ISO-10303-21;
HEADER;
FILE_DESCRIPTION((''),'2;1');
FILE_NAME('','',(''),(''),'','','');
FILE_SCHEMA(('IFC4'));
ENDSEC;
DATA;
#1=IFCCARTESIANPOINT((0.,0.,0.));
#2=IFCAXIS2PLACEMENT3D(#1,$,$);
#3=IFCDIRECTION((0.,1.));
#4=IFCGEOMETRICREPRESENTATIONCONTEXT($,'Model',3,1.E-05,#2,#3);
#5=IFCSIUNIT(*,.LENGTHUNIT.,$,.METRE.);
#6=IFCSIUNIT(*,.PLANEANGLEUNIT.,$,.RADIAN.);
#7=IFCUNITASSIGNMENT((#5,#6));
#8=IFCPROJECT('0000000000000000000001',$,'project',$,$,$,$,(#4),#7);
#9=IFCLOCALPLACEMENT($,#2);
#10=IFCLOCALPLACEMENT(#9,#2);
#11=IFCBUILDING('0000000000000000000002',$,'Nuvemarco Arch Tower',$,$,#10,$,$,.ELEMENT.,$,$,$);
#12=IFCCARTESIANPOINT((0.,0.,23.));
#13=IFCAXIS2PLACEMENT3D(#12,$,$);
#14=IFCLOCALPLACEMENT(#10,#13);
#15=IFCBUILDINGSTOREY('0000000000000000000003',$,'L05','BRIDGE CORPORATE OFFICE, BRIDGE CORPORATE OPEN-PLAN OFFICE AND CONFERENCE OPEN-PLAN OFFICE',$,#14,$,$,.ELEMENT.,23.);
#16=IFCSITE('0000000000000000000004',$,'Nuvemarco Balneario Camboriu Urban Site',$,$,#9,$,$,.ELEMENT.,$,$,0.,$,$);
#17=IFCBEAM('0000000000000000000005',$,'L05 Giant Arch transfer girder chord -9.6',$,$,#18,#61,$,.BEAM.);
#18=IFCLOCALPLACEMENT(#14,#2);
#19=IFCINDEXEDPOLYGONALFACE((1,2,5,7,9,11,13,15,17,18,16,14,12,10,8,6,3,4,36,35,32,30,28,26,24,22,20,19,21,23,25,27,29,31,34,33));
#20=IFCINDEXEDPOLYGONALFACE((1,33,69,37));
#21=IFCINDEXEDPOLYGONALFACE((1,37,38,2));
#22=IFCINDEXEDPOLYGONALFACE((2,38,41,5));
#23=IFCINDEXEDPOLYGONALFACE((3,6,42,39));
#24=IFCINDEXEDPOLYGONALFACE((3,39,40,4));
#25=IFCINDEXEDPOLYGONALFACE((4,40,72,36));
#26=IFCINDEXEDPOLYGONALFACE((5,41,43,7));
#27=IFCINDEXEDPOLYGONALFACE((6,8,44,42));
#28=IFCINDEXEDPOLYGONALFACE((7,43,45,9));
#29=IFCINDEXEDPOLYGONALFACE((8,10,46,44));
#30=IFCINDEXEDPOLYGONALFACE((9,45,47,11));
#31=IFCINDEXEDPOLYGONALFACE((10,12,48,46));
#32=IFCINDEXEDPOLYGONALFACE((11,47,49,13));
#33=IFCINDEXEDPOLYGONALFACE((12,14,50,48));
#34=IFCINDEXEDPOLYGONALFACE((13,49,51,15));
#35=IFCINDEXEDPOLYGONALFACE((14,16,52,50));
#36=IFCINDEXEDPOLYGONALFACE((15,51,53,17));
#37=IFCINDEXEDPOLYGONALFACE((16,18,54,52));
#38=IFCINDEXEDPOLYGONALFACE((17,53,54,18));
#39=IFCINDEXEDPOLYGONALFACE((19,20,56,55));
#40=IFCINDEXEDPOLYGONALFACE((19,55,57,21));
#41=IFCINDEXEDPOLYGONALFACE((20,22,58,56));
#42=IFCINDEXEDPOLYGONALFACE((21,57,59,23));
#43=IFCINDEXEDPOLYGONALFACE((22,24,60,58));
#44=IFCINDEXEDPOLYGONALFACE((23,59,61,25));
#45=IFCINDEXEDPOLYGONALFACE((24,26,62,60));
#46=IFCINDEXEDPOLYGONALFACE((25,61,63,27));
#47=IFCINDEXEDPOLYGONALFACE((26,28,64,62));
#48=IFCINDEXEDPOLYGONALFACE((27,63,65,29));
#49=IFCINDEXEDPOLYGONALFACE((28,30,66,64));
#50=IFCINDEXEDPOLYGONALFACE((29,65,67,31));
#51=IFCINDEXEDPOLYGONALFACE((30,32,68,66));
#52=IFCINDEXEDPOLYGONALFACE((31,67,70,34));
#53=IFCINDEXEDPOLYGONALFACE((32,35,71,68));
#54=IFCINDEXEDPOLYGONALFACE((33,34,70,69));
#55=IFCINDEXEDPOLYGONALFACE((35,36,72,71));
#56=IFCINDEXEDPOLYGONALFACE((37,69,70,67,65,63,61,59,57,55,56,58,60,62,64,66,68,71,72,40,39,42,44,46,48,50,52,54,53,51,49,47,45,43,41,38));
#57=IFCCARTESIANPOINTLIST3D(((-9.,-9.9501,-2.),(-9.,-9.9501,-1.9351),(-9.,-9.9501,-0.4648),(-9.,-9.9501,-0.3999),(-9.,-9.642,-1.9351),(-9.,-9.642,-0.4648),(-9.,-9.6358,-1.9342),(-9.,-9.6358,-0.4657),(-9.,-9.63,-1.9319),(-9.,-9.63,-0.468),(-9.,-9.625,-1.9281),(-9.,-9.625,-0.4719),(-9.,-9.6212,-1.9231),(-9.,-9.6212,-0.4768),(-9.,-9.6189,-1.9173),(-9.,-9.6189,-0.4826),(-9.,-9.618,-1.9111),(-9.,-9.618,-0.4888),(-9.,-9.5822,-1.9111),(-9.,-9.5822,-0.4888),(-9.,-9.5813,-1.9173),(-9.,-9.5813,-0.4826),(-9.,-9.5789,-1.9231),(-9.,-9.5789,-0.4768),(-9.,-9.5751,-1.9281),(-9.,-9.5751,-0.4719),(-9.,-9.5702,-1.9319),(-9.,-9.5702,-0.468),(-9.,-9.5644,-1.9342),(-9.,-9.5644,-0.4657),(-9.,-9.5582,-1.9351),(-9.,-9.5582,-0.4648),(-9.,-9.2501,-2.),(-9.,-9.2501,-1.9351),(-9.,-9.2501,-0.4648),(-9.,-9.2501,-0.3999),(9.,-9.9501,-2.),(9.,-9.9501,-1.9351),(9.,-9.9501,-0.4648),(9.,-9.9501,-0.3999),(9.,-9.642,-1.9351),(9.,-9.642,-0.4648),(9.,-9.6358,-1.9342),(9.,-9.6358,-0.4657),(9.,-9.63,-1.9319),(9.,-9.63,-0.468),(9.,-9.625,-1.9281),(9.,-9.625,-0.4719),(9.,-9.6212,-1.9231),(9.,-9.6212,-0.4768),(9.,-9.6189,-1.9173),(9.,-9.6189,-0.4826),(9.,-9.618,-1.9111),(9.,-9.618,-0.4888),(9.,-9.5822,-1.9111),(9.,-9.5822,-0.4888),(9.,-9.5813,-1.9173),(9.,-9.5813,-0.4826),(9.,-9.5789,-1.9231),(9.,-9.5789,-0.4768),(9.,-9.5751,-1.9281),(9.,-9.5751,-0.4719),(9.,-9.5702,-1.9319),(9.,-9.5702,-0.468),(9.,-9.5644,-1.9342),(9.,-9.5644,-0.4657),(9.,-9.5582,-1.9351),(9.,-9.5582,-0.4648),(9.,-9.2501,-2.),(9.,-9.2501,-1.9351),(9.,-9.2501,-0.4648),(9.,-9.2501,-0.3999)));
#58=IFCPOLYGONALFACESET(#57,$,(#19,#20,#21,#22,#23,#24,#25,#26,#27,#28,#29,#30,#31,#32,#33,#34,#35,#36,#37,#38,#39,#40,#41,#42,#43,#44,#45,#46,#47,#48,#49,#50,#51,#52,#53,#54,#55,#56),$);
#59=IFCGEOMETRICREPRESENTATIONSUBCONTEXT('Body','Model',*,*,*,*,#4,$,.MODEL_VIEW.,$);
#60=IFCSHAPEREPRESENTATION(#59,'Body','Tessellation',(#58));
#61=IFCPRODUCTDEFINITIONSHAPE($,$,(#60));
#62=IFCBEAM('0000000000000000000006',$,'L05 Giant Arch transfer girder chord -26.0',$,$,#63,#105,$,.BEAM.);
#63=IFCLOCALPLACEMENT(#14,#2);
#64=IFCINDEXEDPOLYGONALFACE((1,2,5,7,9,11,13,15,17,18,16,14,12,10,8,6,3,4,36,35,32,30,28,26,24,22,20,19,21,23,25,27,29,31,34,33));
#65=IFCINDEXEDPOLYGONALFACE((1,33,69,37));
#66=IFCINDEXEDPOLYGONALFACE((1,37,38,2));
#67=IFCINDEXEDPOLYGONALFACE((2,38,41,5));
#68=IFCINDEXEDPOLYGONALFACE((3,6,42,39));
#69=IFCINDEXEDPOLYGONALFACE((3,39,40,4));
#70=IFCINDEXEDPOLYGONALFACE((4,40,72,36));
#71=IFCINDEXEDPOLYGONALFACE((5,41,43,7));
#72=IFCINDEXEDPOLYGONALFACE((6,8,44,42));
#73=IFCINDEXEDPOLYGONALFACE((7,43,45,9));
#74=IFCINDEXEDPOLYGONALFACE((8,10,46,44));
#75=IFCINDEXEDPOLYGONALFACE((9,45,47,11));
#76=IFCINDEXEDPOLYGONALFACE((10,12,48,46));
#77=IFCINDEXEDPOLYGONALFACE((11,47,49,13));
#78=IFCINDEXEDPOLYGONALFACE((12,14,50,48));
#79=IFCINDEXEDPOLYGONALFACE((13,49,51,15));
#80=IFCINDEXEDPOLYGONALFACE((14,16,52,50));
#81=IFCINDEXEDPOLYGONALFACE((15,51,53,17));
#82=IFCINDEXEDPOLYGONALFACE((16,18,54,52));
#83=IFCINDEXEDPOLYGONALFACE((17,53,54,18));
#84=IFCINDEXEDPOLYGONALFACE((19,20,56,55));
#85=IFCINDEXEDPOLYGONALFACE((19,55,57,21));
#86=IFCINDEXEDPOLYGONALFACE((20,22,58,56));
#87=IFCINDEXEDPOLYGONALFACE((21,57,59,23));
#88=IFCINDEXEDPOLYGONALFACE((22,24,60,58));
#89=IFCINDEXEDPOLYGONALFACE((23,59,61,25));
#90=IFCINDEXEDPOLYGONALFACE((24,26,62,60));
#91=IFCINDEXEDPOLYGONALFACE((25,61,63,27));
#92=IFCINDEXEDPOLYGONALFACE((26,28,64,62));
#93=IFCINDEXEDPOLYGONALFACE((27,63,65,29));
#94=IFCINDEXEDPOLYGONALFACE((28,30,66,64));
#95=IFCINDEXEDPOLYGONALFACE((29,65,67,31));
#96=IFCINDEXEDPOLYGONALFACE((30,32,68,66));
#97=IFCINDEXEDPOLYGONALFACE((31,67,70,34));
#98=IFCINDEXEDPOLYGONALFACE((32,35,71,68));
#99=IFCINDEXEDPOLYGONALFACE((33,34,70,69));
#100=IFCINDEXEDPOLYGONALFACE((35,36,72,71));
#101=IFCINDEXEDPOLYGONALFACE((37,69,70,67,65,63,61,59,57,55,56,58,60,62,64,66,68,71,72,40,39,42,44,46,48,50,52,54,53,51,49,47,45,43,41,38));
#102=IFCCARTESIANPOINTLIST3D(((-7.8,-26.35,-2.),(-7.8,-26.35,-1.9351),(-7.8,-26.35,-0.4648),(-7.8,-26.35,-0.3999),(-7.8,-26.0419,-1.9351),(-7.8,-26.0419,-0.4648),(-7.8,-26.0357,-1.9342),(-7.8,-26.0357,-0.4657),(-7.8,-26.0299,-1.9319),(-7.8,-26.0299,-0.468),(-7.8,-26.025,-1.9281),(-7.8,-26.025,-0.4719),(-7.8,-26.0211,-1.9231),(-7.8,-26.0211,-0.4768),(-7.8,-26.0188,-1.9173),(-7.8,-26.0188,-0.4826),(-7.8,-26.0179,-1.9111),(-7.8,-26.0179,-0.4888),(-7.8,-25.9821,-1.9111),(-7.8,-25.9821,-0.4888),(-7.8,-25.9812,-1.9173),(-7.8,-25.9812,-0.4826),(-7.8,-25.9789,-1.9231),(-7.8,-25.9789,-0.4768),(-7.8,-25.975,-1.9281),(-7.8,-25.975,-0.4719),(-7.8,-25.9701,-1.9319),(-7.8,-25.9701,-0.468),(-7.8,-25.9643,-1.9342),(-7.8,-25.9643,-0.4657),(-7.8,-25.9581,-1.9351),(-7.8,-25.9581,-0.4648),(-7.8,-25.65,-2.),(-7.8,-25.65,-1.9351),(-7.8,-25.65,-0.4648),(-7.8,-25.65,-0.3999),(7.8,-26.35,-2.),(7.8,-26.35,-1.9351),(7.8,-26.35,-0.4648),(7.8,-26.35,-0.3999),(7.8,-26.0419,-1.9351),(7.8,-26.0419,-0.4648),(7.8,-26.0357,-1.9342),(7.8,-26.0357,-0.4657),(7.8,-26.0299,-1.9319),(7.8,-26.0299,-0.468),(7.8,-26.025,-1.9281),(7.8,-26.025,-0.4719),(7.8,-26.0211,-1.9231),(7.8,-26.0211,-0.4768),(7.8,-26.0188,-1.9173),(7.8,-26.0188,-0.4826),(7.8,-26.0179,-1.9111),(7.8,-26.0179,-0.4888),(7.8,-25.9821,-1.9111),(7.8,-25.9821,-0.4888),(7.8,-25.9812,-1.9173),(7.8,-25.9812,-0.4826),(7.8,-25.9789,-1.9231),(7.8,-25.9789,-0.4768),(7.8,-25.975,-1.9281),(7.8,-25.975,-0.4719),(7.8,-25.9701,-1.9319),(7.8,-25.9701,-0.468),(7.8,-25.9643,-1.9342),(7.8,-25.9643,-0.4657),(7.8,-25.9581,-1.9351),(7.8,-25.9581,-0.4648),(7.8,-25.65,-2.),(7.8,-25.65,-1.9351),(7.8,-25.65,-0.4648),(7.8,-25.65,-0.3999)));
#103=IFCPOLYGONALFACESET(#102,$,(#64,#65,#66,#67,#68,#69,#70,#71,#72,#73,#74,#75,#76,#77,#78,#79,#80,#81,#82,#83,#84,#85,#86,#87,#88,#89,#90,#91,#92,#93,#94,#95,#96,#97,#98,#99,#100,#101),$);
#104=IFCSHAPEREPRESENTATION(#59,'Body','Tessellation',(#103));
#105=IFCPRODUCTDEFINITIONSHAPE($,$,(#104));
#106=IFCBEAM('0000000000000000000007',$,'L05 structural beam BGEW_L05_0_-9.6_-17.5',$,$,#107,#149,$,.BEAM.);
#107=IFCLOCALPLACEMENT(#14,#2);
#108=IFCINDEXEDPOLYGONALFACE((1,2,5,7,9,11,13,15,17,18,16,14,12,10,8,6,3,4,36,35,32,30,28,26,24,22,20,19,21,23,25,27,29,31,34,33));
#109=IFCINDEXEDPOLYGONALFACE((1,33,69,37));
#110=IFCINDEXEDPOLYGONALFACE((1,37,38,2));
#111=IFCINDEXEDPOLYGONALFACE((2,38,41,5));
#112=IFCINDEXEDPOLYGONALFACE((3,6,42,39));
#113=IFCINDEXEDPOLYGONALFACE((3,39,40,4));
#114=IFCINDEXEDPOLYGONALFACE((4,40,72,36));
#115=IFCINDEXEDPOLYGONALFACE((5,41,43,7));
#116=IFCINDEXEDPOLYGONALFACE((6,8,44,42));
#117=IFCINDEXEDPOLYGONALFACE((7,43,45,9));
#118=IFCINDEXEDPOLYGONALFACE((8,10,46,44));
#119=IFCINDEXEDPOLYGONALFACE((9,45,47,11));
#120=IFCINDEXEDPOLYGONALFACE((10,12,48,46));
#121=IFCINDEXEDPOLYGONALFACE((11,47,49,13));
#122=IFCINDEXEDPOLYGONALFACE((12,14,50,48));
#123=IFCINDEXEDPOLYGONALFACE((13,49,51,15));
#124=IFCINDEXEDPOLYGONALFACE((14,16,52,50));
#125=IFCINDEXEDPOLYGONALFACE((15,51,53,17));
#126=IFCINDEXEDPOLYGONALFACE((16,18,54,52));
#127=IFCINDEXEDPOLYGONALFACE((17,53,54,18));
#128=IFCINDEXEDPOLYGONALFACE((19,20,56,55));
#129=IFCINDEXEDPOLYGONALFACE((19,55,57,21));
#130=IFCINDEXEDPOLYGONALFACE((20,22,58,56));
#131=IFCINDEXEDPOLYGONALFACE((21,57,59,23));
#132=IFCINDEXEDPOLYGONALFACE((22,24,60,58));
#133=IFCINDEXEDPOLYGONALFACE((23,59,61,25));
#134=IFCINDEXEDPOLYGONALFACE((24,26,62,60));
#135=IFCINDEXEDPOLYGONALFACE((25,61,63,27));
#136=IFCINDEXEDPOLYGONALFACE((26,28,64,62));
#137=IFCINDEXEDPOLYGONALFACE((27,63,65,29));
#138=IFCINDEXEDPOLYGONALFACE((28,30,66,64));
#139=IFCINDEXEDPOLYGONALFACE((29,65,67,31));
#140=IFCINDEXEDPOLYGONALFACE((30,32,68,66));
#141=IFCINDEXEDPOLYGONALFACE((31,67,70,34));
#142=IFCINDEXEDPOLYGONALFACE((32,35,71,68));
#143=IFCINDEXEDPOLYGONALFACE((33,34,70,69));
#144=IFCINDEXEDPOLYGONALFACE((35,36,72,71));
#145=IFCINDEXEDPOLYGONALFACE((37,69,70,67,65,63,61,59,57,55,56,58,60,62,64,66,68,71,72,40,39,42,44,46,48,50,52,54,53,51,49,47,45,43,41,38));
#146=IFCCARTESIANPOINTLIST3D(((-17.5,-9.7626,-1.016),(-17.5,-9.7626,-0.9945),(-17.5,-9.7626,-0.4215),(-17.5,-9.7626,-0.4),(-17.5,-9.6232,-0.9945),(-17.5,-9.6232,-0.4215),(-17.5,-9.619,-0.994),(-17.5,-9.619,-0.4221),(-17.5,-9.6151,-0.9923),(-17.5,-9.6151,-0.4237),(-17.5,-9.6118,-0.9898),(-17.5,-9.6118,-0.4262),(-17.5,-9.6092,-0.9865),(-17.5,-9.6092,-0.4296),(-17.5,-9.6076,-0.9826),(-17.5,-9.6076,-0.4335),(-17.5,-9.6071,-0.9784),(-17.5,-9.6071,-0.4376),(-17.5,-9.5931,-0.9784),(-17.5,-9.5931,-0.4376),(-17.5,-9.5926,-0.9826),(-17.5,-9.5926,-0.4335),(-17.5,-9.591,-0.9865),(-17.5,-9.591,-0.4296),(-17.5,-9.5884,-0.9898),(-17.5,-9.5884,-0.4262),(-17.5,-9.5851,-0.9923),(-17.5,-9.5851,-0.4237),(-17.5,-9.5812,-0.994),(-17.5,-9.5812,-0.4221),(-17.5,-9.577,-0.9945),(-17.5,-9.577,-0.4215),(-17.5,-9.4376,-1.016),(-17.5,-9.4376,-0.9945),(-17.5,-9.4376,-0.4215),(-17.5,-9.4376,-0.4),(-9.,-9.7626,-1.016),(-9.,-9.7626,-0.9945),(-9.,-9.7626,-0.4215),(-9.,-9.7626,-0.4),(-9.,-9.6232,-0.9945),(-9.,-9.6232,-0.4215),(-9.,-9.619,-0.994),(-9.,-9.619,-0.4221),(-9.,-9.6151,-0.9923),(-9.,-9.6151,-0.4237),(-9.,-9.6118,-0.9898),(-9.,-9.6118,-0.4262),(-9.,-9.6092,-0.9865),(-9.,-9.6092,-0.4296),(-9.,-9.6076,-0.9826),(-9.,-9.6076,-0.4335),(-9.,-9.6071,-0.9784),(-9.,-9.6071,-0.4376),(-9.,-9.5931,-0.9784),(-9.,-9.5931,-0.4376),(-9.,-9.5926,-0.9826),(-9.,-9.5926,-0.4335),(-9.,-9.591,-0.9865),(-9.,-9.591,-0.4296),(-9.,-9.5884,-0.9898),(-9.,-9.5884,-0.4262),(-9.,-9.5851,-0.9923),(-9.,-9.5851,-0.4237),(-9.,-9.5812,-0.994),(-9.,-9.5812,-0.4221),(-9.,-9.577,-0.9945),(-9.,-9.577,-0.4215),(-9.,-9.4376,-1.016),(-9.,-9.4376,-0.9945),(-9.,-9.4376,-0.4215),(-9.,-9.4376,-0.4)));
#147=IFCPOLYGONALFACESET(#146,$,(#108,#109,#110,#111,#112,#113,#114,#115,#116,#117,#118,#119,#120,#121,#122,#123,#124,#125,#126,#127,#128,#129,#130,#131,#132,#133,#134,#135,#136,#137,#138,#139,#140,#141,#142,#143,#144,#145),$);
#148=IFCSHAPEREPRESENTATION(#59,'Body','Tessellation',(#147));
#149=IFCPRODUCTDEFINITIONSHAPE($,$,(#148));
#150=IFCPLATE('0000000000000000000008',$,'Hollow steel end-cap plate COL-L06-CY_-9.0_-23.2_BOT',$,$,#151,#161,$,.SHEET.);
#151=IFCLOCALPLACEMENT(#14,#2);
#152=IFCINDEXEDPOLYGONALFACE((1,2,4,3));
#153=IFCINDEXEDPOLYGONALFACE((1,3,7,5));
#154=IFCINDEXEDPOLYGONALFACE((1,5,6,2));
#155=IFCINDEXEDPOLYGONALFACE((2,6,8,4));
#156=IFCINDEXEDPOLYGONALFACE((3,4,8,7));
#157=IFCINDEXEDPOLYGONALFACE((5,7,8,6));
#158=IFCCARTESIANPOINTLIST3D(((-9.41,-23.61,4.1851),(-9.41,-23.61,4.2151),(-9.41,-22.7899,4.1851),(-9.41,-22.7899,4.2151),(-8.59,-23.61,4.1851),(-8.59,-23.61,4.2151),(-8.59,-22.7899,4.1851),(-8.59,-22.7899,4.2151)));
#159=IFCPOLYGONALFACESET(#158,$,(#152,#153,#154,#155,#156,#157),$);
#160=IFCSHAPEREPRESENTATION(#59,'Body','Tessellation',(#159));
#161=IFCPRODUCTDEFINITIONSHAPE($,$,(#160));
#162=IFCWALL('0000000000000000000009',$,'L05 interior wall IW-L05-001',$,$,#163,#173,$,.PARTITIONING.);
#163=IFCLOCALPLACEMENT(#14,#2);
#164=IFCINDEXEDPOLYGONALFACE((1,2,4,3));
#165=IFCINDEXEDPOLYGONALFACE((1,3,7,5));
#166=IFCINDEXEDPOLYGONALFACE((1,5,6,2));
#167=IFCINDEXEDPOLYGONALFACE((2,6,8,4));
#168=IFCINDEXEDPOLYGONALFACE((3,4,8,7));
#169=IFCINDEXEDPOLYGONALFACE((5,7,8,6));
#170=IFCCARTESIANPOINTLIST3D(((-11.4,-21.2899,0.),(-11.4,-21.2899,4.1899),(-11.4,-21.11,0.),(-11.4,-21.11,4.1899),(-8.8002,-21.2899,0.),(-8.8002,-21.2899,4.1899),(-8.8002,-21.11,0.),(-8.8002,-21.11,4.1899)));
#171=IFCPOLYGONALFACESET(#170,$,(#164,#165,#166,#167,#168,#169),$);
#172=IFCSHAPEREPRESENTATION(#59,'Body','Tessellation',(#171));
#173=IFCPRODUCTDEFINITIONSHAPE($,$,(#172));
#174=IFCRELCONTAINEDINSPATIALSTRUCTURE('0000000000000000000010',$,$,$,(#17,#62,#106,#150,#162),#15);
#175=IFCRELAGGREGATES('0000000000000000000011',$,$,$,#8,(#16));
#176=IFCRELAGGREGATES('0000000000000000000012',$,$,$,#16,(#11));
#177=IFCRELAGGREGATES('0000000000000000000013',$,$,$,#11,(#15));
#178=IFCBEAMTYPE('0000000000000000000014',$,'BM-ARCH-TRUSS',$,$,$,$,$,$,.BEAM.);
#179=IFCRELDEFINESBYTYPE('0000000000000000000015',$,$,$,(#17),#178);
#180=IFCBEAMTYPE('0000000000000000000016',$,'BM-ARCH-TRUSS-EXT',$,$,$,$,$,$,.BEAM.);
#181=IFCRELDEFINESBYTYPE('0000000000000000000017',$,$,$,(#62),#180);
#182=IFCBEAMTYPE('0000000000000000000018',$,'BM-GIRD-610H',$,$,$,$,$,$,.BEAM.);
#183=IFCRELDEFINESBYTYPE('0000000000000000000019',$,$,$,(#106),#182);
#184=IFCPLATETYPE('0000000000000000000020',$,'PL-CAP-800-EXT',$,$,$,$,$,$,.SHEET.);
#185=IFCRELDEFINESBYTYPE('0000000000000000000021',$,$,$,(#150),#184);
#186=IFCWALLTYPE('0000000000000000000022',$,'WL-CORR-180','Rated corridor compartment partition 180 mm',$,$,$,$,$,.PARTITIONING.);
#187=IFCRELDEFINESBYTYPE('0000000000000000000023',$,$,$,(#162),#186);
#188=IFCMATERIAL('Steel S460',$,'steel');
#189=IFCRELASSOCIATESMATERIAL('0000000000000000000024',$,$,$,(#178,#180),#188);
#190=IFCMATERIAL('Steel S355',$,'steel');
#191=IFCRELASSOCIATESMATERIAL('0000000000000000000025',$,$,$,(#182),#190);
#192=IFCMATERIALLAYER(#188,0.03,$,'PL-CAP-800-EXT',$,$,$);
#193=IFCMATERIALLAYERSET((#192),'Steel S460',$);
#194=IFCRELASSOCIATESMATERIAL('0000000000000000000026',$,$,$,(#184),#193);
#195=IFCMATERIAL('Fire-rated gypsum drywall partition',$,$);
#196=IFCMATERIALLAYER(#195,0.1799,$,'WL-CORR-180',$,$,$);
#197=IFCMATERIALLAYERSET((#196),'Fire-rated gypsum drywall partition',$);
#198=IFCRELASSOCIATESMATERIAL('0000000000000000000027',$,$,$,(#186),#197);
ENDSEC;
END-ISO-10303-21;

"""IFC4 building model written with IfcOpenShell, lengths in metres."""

from ifc_helpers import new_model, si_unit, direction, frame, frame_2d, origin, origin_2d, place, context, subcontext, project, spatial, rectangle, i_section, extrude, source, transform, mapped, material, layer, layer_set, material_profile, profile_set, type_object, type_shapes, element, save


model = new_model("IFC4")

# Units and contexts
model_context = context("Model", 3, precision=1e-05, world=origin(), true_north=direction((0.0, 1.0)))
body_context = subcontext(model_context, "Body", "Model", "MODEL_VIEW")
ifc_project = project(units=[si_unit("LENGTHUNIT", "METRE"), si_unit("PLANEANGLEUNIT", "RADIAN")], contexts=[model_context])

# Site, building, storey
site_placement = place(None, origin())
site = spatial("IfcSite", under=ifc_project, at=site_placement, Name="Nuvemarco Balneario Camboriu Urban Site", CompositionType="ELEMENT", RefElevation=0.0)
building_placement = place(site_placement, origin())
building = spatial("IfcBuilding", under=site, at=building_placement, Name="Nuvemarco Arch Tower", CompositionType="ELEMENT")
storey_placement = place(building_placement, frame((0.0, 0.0, 23.0)))
storey = spatial("IfcBuildingStorey", under=building, at=storey_placement, Name="L05", Description="BRIDGE CORPORATE OFFICE, BRIDGE CORPORATE OPEN-PLAN OFFICE AND CONFERENCE OPEN-PLAN OFFICE", CompositionType="ELEMENT", Elevation=23.0)

# Beams
ifc_material_1 = material(Name="Steel S460", Category="steel")
ifc_material_profile_1 = material_profile(ifc_material_1, i_section(OverallWidth=0.7, OverallDepth=1.6001, WebThickness=0.0359, FlangeThickness=0.0649, FilletRadius=0.0239, at=origin_2d()), Name="PG1600x700")
ifc_profile_set_1 = profile_set([ifc_material_profile_1], Name="Steel S460")
beam_type_1 = type_object("IfcBeamType", Name="BM-ARCH-TRUSS", PredefinedType="BEAM", material=ifc_profile_set_1)
beam_1_placement = place(storey_placement, frame((-9.0, -9.6001, -1.2), z_axis=(1.0, 0.0, 0.0), x_axis=(0.0, 1.0, 0.0)))
element("IfcBeam", 1, at=beam_1_placement, inside=storey, type_object=beam_type_1, Name="L05 Giant Arch transfer girder chord -9.6", PredefinedType="BEAM", context=body_context, shape_type="SweptSolid", body=[
    extrude(i_section(OverallWidth=0.7, OverallDepth=1.6001, WebThickness=0.0359, FlangeThickness=0.0649, FilletRadius=0.0239, at=origin_2d()), origin(), (0.0, 0.0, 1.0), 18.0),
])
ifc_material_profile_2 = material_profile(ifc_material_1, i_section(OverallWidth=0.7, OverallDepth=1.6001, WebThickness=0.0359, FlangeThickness=0.0649, FilletRadius=0.0239, at=origin_2d()), Name="PG1600x700")
ifc_profile_set_2 = profile_set([ifc_material_profile_2], Name="Steel S460")
beam_type_2 = type_object("IfcBeamType", Name="BM-ARCH-TRUSS-EXT", PredefinedType="BEAM", material=ifc_profile_set_2)
beam_2_placement = place(storey_placement, frame((-7.8, -26.0, -1.2), z_axis=(1.0, 0.0, 0.0), x_axis=(0.0, 1.0, 0.0)))
element("IfcBeam", 2, at=beam_2_placement, inside=storey, type_object=beam_type_2, Name="L05 Giant Arch transfer girder chord -26.0", PredefinedType="BEAM", context=body_context, shape_type="SweptSolid", body=[
    extrude(i_section(OverallWidth=0.7, OverallDepth=1.6001, WebThickness=0.0359, FlangeThickness=0.0649, FilletRadius=0.0239, at=origin_2d()), origin(), (0.0, 0.0, 1.0), 15.6001),
])
ifc_material_2 = material(Name="Steel S355", Category="steel")
ifc_material_profile_3 = material_profile(ifc_material_2, i_section(OverallWidth=0.325, OverallDepth=0.616, WebThickness=0.0139, FlangeThickness=0.0215, FilletRadius=0.0161, at=origin_2d()), Name="W610x174")
ifc_profile_set_3 = profile_set([ifc_material_profile_3], Name="Steel S355")
beam_type_3 = type_object("IfcBeamType", Name="BM-GIRD-610H", PredefinedType="BEAM", material=ifc_profile_set_3)
beam_3_placement = place(storey_placement, frame((-17.5, -9.6001, -0.708), z_axis=(1.0, 0.0, 0.0), x_axis=(0.0, 1.0, 0.0)))
element("IfcBeam", 3, at=beam_3_placement, inside=storey, type_object=beam_type_3, Name="L05 structural beam BGEW_L05_0_-9.6_-17.5", PredefinedType="BEAM", context=body_context, shape_type="SweptSolid", body=[
    extrude(i_section(OverallWidth=0.325, OverallDepth=0.616, WebThickness=0.0139, FlangeThickness=0.0215, FilletRadius=0.0161, at=origin_2d()), origin(), (0.0, 0.0, 1.0), 8.5),
])

# Plate
ifc_layer_1 = layer(ifc_material_1, 0.03, Name="PL-CAP-800-EXT")
ifc_layer_set_1 = layer_set([ifc_layer_1], Name="Steel S460")
plate_type = type_object("IfcPlateType", Name="PL-CAP-800-EXT", PredefinedType="SHEET", material=ifc_layer_set_1)
shared_shape_1 = source(origin(), body_context, "Body", "SweptSolid", [
    extrude(rectangle(XDim=0.8201, YDim=0.8201, at=origin_2d()), origin(), (0.0, 0.0, 1.0), 0.03),
])
type_shapes(plate_type, [shared_shape_1])
plate_placement = place(storey_placement, frame((-9.0, -23.2, 4.1851), z_axis=(0.0, 0.0, 1.0), x_axis=(1.0, 0.0, 0.0)))
element("IfcPlate", 4, at=plate_placement, inside=storey, type_object=plate_type, Name="Hollow steel end-cap plate COL-L06-CY_-9.0_-23.2_BOT", PredefinedType="SHEET", context=body_context, shape_type="MappedRepresentation", body=[
    mapped(shared_shape_1, transform((0.0, 0.0, 0.0), scale=1.0)),
])

# Wall
ifc_material_3 = material(Name="Fire-rated gypsum drywall partition")
ifc_layer_2 = layer(ifc_material_3, 0.1799, Name="WL-CORR-180")
ifc_layer_set_2 = layer_set([ifc_layer_2], Name="Fire-rated gypsum drywall partition")
wall_type_1 = type_object("IfcWallType", Name="WL-CORR-180", Description="Rated corridor compartment partition 180 mm", PredefinedType="PARTITIONING", material=ifc_layer_set_2)
wall_1_placement = place(storey_placement, frame((-11.3999, -21.2, 0.0), z_axis=(0.0, 0.0, 1.0), x_axis=(1.0, 0.0, 0.0)))
element("IfcWall", 5, at=wall_1_placement, inside=storey, type_object=wall_type_1, Name="L05 interior wall IW-L05-001", PredefinedType="PARTITIONING", context=body_context, shape_type="SweptSolid", body=[
    extrude(rectangle(XDim=2.5999, YDim=0.1799, at=frame_2d((1.2998, 0.0))), origin(), (0.0, 0.0, 1.0), 4.1899),
])

save(model, "model.ifc")
